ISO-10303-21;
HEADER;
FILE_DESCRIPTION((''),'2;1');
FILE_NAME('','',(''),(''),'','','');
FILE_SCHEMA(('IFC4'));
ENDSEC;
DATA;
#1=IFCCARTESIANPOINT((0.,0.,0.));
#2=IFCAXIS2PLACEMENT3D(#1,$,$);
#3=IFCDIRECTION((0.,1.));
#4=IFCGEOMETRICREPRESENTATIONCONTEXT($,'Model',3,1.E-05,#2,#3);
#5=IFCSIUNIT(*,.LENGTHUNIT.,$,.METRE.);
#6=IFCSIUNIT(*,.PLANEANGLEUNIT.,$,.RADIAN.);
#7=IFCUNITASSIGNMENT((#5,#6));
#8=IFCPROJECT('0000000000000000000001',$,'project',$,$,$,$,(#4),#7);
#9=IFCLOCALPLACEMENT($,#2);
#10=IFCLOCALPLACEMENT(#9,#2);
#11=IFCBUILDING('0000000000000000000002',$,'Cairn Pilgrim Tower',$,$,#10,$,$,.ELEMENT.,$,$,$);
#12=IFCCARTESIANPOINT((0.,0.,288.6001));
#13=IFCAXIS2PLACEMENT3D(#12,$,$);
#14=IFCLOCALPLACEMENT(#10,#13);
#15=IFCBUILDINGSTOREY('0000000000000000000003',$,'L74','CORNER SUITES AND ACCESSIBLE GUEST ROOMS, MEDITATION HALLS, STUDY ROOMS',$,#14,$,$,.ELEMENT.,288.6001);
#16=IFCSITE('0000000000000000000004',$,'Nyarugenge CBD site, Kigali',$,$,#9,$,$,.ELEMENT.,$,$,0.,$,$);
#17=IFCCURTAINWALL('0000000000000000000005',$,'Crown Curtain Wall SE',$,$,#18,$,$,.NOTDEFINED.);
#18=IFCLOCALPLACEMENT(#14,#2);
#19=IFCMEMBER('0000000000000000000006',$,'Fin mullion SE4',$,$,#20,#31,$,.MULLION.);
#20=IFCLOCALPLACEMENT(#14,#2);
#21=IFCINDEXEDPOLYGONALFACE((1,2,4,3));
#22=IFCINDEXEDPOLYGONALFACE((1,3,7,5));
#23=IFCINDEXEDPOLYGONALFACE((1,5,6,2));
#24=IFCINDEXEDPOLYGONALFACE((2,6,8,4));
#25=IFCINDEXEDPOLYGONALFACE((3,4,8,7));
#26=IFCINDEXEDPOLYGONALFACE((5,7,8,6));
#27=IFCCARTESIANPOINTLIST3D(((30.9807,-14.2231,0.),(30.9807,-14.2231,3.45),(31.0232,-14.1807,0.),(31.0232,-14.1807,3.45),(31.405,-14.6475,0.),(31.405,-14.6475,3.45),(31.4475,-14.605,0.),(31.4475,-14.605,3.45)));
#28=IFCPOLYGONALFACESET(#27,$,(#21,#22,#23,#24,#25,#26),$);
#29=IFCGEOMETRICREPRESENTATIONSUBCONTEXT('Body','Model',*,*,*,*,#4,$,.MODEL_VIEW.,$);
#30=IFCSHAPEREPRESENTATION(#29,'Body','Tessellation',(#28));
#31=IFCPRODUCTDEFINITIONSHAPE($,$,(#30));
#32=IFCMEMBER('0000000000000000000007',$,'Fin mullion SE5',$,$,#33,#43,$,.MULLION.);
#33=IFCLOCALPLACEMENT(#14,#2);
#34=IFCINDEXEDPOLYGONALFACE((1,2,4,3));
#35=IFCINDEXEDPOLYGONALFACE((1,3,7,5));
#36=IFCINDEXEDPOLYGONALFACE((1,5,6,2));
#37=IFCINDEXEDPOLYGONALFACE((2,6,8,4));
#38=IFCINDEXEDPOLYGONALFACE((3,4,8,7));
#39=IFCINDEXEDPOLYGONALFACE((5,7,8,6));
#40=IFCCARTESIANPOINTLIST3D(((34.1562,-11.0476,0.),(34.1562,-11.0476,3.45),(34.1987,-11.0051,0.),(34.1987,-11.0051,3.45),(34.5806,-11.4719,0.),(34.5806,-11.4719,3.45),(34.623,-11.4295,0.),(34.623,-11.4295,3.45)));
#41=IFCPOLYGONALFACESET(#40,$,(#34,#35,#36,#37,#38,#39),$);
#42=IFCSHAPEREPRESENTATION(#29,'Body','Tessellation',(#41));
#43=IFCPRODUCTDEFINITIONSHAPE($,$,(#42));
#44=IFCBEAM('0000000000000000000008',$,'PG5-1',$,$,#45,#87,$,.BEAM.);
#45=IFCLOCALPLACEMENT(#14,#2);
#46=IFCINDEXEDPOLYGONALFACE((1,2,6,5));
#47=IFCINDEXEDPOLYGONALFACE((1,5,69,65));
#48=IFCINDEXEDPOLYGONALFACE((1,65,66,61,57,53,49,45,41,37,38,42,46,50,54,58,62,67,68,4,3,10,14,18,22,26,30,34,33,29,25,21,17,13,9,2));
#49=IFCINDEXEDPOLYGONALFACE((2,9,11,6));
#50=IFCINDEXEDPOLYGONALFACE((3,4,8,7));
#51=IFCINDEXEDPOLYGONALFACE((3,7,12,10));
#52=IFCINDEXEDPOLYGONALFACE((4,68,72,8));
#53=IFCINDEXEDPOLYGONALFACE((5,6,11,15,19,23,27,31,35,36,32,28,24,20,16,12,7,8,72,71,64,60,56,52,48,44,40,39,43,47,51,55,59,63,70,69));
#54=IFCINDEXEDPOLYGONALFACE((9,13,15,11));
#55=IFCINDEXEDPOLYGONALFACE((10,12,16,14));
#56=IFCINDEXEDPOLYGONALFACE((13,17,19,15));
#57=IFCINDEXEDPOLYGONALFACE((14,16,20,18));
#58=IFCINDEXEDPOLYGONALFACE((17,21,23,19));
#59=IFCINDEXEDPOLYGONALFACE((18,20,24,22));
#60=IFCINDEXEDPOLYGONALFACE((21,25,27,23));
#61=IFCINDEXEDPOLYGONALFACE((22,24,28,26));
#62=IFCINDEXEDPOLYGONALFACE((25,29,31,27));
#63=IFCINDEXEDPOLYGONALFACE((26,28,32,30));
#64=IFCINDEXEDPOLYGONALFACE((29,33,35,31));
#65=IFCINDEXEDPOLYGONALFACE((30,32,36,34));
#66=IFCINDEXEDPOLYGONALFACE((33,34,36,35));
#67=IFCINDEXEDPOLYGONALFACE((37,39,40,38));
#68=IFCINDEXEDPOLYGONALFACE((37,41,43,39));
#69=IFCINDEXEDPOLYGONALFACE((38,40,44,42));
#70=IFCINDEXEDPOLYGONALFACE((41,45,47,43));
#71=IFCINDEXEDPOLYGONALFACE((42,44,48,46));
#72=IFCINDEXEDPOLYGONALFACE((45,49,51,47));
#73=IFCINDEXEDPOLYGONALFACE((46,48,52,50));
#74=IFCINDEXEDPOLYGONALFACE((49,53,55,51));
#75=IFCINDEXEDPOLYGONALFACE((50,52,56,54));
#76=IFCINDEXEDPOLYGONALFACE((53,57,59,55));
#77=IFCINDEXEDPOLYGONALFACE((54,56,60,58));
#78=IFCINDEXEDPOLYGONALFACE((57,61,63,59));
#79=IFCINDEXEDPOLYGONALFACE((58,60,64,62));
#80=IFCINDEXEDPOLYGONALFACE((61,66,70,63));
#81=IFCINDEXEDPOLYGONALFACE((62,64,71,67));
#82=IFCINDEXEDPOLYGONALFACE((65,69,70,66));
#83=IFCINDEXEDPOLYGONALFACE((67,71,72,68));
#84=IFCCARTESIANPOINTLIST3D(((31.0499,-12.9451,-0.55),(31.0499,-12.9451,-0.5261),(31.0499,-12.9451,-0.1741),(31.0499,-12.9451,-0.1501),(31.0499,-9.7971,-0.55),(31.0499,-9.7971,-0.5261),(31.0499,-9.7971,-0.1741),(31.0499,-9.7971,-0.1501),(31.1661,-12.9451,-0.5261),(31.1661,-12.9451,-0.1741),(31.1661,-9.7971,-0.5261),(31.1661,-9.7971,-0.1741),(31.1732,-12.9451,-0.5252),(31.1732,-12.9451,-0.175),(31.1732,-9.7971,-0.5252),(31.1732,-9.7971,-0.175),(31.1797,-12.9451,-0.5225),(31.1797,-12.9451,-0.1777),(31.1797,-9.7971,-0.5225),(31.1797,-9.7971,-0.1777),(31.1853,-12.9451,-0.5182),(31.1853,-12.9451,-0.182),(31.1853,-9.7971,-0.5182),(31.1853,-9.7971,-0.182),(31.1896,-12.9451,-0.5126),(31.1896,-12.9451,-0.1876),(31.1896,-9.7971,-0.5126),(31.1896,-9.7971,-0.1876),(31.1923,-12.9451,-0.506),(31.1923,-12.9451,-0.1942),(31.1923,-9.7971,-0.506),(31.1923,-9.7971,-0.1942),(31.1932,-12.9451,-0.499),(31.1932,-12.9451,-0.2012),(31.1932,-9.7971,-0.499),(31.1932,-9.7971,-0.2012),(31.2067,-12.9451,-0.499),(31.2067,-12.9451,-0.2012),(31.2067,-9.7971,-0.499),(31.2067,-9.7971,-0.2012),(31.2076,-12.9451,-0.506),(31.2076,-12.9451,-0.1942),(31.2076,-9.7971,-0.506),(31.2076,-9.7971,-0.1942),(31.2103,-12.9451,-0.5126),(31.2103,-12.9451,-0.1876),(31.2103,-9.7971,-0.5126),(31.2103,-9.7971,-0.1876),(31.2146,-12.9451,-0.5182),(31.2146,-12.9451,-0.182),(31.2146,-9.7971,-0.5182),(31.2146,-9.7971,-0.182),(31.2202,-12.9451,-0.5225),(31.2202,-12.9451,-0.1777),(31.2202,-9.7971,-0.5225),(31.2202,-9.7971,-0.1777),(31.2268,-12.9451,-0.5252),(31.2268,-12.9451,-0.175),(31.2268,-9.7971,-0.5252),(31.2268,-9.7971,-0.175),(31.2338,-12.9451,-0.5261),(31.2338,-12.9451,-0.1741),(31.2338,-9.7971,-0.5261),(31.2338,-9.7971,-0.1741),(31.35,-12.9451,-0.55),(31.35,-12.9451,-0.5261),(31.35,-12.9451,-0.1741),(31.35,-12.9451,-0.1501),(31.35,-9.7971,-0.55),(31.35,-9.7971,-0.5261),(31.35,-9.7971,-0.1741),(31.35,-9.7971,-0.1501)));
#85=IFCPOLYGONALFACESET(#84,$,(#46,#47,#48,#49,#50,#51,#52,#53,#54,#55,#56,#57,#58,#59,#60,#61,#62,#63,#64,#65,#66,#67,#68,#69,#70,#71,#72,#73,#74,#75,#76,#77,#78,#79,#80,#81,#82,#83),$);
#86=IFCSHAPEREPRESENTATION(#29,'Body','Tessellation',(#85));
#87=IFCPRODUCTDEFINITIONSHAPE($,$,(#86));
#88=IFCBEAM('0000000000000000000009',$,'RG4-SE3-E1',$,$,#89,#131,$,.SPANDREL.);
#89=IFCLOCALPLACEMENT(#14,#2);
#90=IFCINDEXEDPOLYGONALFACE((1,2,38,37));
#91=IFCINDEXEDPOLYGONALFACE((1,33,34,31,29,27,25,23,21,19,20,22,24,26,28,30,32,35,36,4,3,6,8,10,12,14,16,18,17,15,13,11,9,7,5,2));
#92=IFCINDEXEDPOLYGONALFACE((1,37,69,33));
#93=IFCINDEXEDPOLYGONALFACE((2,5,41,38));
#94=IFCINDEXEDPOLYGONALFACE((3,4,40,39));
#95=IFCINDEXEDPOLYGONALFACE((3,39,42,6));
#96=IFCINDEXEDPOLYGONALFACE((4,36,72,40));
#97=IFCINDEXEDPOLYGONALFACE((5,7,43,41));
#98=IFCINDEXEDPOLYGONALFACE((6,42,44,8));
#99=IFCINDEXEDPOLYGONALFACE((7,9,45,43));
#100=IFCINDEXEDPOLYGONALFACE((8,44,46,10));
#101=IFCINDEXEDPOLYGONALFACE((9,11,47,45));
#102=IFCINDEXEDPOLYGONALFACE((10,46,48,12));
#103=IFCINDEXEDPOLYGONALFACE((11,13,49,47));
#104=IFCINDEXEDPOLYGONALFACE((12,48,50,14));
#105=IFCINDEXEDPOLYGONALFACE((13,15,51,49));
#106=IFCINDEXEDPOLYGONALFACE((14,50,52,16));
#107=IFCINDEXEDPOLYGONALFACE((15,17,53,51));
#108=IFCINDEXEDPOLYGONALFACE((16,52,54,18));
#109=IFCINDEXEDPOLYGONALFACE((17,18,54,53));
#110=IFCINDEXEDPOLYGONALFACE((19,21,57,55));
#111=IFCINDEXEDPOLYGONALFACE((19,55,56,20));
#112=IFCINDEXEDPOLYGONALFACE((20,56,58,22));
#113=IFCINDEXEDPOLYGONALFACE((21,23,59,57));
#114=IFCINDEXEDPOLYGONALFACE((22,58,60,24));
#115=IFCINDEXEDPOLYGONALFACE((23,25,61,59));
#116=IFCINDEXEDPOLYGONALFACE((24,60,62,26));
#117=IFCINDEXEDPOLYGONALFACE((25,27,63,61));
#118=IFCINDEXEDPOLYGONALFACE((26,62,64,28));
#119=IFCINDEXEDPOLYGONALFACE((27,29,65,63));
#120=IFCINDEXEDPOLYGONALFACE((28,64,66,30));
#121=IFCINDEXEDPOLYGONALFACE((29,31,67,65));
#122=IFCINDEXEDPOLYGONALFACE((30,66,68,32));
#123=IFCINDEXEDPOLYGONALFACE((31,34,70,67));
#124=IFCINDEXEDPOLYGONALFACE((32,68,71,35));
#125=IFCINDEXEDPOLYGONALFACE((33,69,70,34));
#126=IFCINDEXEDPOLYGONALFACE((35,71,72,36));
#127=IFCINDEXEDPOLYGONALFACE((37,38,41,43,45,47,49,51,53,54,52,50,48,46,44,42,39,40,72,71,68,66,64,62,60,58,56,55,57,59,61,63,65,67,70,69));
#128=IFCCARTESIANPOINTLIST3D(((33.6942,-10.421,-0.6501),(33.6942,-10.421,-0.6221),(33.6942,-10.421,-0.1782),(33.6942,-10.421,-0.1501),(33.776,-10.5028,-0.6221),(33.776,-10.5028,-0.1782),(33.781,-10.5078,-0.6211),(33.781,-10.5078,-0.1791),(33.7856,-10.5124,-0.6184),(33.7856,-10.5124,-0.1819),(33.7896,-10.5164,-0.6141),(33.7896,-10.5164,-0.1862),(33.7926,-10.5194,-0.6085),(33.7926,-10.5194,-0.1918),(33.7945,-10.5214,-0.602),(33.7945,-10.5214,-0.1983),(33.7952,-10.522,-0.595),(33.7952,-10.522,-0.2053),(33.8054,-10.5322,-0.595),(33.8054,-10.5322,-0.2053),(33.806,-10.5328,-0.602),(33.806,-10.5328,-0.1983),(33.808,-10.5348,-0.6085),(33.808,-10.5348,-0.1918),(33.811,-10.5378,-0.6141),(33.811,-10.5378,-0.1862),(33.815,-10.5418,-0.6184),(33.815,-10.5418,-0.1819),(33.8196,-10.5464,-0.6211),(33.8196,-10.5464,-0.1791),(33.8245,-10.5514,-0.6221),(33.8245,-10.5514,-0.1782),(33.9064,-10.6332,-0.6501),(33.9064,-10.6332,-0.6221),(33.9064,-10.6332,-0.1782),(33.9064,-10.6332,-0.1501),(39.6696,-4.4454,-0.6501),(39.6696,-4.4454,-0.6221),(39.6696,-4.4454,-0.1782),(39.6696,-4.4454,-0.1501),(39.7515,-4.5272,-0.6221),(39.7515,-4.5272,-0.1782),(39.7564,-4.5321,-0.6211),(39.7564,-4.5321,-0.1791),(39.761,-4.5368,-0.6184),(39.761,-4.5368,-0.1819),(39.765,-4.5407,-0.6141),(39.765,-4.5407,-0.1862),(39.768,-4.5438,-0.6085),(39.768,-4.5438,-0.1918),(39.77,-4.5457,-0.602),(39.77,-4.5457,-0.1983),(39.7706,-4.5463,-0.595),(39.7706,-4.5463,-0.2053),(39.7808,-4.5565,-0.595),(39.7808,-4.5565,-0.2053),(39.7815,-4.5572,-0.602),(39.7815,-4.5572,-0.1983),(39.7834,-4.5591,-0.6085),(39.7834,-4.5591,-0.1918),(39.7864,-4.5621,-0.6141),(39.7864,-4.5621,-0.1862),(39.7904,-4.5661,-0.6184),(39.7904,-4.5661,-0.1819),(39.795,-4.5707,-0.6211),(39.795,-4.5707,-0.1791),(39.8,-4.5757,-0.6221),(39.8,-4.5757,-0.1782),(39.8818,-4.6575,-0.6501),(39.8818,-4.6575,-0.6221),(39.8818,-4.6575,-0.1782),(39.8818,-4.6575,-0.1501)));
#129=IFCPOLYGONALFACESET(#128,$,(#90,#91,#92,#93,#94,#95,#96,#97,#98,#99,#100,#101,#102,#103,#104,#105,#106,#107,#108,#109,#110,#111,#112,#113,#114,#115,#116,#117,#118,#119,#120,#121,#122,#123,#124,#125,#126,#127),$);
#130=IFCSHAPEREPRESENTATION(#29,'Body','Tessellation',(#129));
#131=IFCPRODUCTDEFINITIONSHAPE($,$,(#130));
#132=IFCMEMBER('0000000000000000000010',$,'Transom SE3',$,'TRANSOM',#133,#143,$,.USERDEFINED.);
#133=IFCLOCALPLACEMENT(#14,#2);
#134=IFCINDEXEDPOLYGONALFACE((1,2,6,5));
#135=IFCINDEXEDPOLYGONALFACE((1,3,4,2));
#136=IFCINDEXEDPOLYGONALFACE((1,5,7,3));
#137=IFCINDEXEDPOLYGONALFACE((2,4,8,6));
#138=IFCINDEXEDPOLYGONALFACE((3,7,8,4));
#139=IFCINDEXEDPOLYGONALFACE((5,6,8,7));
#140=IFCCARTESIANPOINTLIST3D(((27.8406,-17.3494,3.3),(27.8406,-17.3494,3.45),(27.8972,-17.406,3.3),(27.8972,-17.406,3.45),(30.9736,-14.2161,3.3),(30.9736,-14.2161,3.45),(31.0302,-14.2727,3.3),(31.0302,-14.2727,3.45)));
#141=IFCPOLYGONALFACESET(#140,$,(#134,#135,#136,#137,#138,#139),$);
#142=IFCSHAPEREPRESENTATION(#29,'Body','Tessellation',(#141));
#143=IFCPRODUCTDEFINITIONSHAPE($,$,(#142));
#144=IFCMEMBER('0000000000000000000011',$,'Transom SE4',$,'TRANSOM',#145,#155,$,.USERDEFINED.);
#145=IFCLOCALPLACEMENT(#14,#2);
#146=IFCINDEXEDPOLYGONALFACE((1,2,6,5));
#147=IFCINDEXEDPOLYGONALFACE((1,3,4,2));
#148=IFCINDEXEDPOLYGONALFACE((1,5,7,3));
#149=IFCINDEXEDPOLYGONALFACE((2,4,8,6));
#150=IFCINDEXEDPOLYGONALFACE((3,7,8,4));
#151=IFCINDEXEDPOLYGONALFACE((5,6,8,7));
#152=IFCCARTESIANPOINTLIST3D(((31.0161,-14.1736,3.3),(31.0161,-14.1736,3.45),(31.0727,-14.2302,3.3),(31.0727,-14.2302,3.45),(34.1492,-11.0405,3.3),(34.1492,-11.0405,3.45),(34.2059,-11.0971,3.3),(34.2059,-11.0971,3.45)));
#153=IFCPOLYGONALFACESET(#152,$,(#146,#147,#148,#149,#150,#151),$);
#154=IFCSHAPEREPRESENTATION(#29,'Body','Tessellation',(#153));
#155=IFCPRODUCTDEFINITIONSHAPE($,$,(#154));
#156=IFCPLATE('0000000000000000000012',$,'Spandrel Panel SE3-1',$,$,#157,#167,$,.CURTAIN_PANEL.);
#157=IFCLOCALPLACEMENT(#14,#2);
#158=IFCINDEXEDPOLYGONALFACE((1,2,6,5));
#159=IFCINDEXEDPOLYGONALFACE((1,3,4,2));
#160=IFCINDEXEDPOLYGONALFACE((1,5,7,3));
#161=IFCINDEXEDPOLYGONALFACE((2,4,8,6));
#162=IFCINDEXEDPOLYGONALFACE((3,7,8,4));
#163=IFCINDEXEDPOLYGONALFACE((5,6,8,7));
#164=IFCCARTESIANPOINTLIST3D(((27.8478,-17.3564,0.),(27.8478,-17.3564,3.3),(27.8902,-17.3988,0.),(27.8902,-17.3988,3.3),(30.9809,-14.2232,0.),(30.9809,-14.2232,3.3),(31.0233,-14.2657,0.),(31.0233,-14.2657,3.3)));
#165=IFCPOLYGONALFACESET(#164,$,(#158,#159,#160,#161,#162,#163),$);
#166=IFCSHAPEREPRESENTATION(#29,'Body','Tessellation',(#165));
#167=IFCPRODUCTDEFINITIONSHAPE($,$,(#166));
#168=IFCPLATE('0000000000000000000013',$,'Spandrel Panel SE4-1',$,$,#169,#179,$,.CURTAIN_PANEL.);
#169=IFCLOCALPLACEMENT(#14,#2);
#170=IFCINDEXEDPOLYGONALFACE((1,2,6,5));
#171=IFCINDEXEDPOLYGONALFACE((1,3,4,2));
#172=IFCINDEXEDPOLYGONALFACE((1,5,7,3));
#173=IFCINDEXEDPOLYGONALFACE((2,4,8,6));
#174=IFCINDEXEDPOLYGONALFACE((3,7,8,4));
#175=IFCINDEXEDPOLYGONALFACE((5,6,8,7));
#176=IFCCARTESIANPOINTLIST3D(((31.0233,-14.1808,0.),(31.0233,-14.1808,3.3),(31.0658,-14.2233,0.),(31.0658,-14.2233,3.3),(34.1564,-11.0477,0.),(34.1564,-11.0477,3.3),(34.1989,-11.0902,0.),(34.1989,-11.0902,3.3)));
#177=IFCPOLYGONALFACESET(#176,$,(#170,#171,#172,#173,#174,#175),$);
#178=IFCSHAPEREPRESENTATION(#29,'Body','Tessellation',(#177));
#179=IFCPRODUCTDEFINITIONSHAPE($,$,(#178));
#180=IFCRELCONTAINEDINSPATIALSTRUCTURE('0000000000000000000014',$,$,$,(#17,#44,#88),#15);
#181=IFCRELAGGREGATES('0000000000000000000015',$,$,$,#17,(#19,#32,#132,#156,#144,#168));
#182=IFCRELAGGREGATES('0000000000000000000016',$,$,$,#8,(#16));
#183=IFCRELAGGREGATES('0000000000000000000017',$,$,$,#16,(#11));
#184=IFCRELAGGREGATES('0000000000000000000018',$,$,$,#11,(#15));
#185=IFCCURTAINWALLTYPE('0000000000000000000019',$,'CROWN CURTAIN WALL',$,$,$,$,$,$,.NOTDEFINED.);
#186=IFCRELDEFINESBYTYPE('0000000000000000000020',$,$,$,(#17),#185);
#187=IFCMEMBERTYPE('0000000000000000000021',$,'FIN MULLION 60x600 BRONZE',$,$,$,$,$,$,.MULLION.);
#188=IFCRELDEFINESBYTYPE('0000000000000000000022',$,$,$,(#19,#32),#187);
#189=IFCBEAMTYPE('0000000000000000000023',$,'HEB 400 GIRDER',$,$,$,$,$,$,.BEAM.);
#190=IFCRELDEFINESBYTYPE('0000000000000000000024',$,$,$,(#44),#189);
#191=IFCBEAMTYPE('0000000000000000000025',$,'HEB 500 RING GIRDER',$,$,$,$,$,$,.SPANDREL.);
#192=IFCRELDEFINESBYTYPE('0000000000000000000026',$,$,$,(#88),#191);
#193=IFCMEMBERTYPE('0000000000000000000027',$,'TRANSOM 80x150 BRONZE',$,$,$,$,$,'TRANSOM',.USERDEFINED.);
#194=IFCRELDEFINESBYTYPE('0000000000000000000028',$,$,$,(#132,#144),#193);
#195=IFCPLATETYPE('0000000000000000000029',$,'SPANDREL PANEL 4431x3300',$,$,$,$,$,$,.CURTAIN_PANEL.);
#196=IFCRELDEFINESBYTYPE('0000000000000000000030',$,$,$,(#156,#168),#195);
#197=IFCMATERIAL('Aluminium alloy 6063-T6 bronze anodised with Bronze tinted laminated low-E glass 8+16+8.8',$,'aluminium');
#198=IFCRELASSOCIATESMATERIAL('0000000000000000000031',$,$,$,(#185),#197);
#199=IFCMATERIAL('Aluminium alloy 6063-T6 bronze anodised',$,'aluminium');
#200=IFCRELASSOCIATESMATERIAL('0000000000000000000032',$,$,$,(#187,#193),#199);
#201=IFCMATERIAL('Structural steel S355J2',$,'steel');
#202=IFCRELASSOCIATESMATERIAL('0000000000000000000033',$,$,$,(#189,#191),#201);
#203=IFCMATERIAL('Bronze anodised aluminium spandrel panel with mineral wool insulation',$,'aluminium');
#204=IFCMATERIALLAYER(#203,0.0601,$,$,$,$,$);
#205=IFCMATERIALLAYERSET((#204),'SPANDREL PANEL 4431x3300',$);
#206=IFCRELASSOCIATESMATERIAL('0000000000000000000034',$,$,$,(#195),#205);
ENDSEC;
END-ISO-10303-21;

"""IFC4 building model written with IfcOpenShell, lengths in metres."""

from ifc_helpers import new_model, si_unit, direction, frame, origin, origin_2d, place, context, subcontext, project, spatial, rectangle, i_section, extrude, material, layer, layer_set, material_profile, profile_set, type_object, element, aggregate, save


model = new_model("IFC4")

# Units and contexts
model_context = context("Model", 3, precision=1e-05, world=origin(), true_north=direction((0.0, 1.0)))
body_context = subcontext(model_context, "Body", "Model", "MODEL_VIEW")
ifc_project = project(units=[si_unit("LENGTHUNIT", "METRE"), si_unit("PLANEANGLEUNIT", "RADIAN")], contexts=[model_context])

# Site, building, storey
site_placement = place(None, origin())
site = spatial("IfcSite", under=ifc_project, at=site_placement, Name="Nyarugenge CBD site, Kigali", CompositionType="ELEMENT", RefElevation=0.0)
building_placement = place(site_placement, origin())
building = spatial("IfcBuilding", under=site, at=building_placement, Name="Cairn Pilgrim Tower", CompositionType="ELEMENT")
storey_placement = place(building_placement, frame((0.0, 0.0, 288.6001)))
storey = spatial("IfcBuildingStorey", under=building, at=storey_placement, Name="L74", Description="CORNER SUITES AND ACCESSIBLE GUEST ROOMS, MEDITATION HALLS, STUDY ROOMS", CompositionType="ELEMENT", Elevation=288.6001)

# Shared definitions
ifc_material_1 = material(Name="Structural steel S355J2", Category="steel")

# Curtain wall, members
ifc_material_2 = material(Name="Aluminium alloy 6063-T6 bronze anodised with Bronze tinted laminated low-E glass 8+16+8.8", Category="aluminium")
curtain_wall_type = type_object("IfcCurtainWallType", Name="CROWN CURTAIN WALL", PredefinedType="NOTDEFINED", material=ifc_material_2)
curtain_wall_placement = place(storey_placement, origin())
curtain_wall = element("IfcCurtainWall", 1, at=curtain_wall_placement, inside=storey, type_object=curtain_wall_type, Name="Crown Curtain Wall SE", PredefinedType="NOTDEFINED")
ifc_material_3 = material(Name="Aluminium alloy 6063-T6 bronze anodised", Category="aluminium")
ifc_material_profile_1 = material_profile(ifc_material_3, rectangle(XDim=0.6001, YDim=0.0601, at=origin_2d()), Name="FIN MULLION 60x600 BRONZE")
ifc_profile_set_1 = profile_set([ifc_material_profile_1], Name="Aluminium alloy 6063-T6 bronze anodised")
member_type_1 = type_object("IfcMemberType", Name="FIN MULLION 60x600 BRONZE", PredefinedType="MULLION", material=ifc_profile_set_1)
member_1_placement = place(storey_placement, frame((31.2141, -14.4141, 0.0), z_axis=(0.0, 0.0, 1.0), x_axis=(0.707107, -0.707107, 0.0)))
member_1 = element("IfcMember", 2, at=member_1_placement, type_object=member_type_1, Name="Fin mullion SE4", PredefinedType="MULLION", context=body_context, shape_type="SweptSolid", body=[
    extrude(rectangle(XDim=0.6001, YDim=0.0601, at=origin_2d()), origin(), (0.0, 0.0, 1.0), 3.45),
])
member_2_placement = place(storey_placement, frame((34.3896, -11.2385, 0.0), z_axis=(0.0, 0.0, 1.0), x_axis=(0.707107, -0.707107, 0.0)))
member_2 = element("IfcMember", 3, at=member_2_placement, type_object=member_type_1, Name="Fin mullion SE5", PredefinedType="MULLION", context=body_context, shape_type="SweptSolid", body=[
    extrude(rectangle(XDim=0.6001, YDim=0.0601, at=origin_2d()), origin(), (0.0, 0.0, 1.0), 3.45),
])

# Beams
ifc_material_profile_2 = material_profile(ifc_material_1, i_section(OverallWidth=0.3, OverallDepth=0.3999, WebThickness=0.0134, FlangeThickness=0.0239, FilletRadius=0.0271, at=origin_2d()), Name="HEB 400")
ifc_profile_set_2 = profile_set([ifc_material_profile_2], Name="Structural steel S355J2")
beam_type_1 = type_object("IfcBeamType", Name="HEB 400 GIRDER", PredefinedType="BEAM", material=ifc_profile_set_2)
beam_1_placement = place(storey_placement, frame((31.2, -12.9451, -0.3501), z_axis=(0.0, 1.0, 0.0), x_axis=(-1.0, 0.0, 0.0)))
element("IfcBeam", 4, at=beam_1_placement, inside=storey, type_object=beam_type_1, Name="PG5-1", PredefinedType="BEAM", context=body_context, shape_type="SweptSolid", body=[
    extrude(i_section(OverallWidth=0.3, OverallDepth=0.3999, WebThickness=0.0134, FlangeThickness=0.0239, FilletRadius=0.0271, at=origin_2d()), origin(), (0.0, 0.0, 1.0), 3.1479),
])
ifc_material_profile_3 = material_profile(ifc_material_1, i_section(OverallWidth=0.3, OverallDepth=0.5, WebThickness=0.0144, FlangeThickness=0.0281, FilletRadius=0.0271, at=origin_2d()), Name="HEB 500")
ifc_profile_set_3 = profile_set([ifc_material_profile_3], Name="Structural steel S355J2")
beam_type_2 = type_object("IfcBeamType", Name="HEB 500 RING GIRDER", PredefinedType="SPANDREL", material=ifc_profile_set_3)
beam_2_placement = place(storey_placement, frame((33.8003, -10.5271, -0.4001), z_axis=(0.707092, 0.707121, 0.0), x_axis=(-0.707121, 0.707092, 0.0)))
element("IfcBeam", 5, at=beam_2_placement, inside=storey, type_object=beam_type_2, Name="RG4-SE3-E1", PredefinedType="SPANDREL", context=body_context, shape_type="SweptSolid", body=[
    extrude(i_section(OverallWidth=0.3, OverallDepth=0.5, WebThickness=0.0144, FlangeThickness=0.0281, FilletRadius=0.0271, at=origin_2d()), origin(), (0.0, 0.0, 1.0), 8.4507),
])

# Members
ifc_material_profile_4 = material_profile(ifc_material_3, rectangle(XDim=0.0801, YDim=0.1499, at=origin_2d()), Name="TRANSOM 80x150 BRONZE")
ifc_profile_set_4 = profile_set([ifc_material_profile_4], Name="Aluminium alloy 6063-T6 bronze anodised")
member_type_2 = type_object("IfcMemberType", Name="TRANSOM 80x150 BRONZE", ElementType="TRANSOM", PredefinedType="USERDEFINED", material=ifc_profile_set_4)
member_3_placement = place(storey_placement, frame((27.8689, -17.3777, 3.375), z_axis=(0.707079, 0.707134, 0.0), x_axis=(-0.707134, 0.707079, 0.0)))
member_3 = element("IfcMember", 6, at=member_3_placement, type_object=member_type_2, Name="Transom SE3", ObjectType="TRANSOM", PredefinedType="USERDEFINED", context=body_context, shape_type="SweptSolid", body=[
    extrude(rectangle(XDim=0.0801, YDim=0.1499, at=origin_2d()), origin(), (0.0, 0.0, 1.0), 4.4309),
])
member_4_placement = place(storey_placement, frame((31.0444, -14.2019, 3.375), z_axis=(0.707107, 0.707107, 0.0), x_axis=(-0.707107, 0.707107, 0.0)))
member_4 = element("IfcMember", 7, at=member_4_placement, type_object=member_type_2, Name="Transom SE4", ObjectType="TRANSOM", PredefinedType="USERDEFINED", context=body_context, shape_type="SweptSolid", body=[
    extrude(rectangle(XDim=0.0801, YDim=0.1499, at=origin_2d()), origin(), (0.0, 0.0, 1.0), 4.4309),
])

# Plates
ifc_material_4 = material(Name="Bronze anodised aluminium spandrel panel with mineral wool insulation", Category="aluminium")
ifc_layer_1 = layer(ifc_material_4, 0.0601)
ifc_layer_set_1 = layer_set([ifc_layer_1], Name="SPANDREL PANEL 4431x3300")
plate_type = type_object("IfcPlateType", Name="SPANDREL PANEL 4431x3300", PredefinedType="CURTAIN_PANEL", material=ifc_layer_set_1)
plate_1_placement = place(storey_placement, frame((29.4355, -15.811, 0.0), z_axis=(0.0, 0.0, 1.0), x_axis=(0.707107, 0.707107, 0.0)))
plate_1 = element("IfcPlate", 8, at=plate_1_placement, type_object=plate_type, Name="Spandrel Panel SE3-1", PredefinedType="CURTAIN_PANEL", context=body_context, shape_type="SweptSolid", body=[
    extrude(rectangle(XDim=4.4309, YDim=0.0601, at=origin_2d()), origin(), (0.0, 0.0, 1.0), 3.3),
])
plate_2_placement = place(storey_placement, frame((32.6111, -12.6355, 0.0), z_axis=(0.0, 0.0, 1.0), x_axis=(0.707107, 0.707107, 0.0)))
plate_2 = element("IfcPlate", 9, at=plate_2_placement, type_object=plate_type, Name="Spandrel Panel SE4-1", PredefinedType="CURTAIN_PANEL", context=body_context, shape_type="SweptSolid", body=[
    extrude(rectangle(XDim=4.4309, YDim=0.0601, at=origin_2d()), origin(), (0.0, 0.0, 1.0), 3.3),
])
aggregate(curtain_wall, [member_1, member_2, member_3, plate_1, member_4, plate_2])

save(model, "model.ifc")
